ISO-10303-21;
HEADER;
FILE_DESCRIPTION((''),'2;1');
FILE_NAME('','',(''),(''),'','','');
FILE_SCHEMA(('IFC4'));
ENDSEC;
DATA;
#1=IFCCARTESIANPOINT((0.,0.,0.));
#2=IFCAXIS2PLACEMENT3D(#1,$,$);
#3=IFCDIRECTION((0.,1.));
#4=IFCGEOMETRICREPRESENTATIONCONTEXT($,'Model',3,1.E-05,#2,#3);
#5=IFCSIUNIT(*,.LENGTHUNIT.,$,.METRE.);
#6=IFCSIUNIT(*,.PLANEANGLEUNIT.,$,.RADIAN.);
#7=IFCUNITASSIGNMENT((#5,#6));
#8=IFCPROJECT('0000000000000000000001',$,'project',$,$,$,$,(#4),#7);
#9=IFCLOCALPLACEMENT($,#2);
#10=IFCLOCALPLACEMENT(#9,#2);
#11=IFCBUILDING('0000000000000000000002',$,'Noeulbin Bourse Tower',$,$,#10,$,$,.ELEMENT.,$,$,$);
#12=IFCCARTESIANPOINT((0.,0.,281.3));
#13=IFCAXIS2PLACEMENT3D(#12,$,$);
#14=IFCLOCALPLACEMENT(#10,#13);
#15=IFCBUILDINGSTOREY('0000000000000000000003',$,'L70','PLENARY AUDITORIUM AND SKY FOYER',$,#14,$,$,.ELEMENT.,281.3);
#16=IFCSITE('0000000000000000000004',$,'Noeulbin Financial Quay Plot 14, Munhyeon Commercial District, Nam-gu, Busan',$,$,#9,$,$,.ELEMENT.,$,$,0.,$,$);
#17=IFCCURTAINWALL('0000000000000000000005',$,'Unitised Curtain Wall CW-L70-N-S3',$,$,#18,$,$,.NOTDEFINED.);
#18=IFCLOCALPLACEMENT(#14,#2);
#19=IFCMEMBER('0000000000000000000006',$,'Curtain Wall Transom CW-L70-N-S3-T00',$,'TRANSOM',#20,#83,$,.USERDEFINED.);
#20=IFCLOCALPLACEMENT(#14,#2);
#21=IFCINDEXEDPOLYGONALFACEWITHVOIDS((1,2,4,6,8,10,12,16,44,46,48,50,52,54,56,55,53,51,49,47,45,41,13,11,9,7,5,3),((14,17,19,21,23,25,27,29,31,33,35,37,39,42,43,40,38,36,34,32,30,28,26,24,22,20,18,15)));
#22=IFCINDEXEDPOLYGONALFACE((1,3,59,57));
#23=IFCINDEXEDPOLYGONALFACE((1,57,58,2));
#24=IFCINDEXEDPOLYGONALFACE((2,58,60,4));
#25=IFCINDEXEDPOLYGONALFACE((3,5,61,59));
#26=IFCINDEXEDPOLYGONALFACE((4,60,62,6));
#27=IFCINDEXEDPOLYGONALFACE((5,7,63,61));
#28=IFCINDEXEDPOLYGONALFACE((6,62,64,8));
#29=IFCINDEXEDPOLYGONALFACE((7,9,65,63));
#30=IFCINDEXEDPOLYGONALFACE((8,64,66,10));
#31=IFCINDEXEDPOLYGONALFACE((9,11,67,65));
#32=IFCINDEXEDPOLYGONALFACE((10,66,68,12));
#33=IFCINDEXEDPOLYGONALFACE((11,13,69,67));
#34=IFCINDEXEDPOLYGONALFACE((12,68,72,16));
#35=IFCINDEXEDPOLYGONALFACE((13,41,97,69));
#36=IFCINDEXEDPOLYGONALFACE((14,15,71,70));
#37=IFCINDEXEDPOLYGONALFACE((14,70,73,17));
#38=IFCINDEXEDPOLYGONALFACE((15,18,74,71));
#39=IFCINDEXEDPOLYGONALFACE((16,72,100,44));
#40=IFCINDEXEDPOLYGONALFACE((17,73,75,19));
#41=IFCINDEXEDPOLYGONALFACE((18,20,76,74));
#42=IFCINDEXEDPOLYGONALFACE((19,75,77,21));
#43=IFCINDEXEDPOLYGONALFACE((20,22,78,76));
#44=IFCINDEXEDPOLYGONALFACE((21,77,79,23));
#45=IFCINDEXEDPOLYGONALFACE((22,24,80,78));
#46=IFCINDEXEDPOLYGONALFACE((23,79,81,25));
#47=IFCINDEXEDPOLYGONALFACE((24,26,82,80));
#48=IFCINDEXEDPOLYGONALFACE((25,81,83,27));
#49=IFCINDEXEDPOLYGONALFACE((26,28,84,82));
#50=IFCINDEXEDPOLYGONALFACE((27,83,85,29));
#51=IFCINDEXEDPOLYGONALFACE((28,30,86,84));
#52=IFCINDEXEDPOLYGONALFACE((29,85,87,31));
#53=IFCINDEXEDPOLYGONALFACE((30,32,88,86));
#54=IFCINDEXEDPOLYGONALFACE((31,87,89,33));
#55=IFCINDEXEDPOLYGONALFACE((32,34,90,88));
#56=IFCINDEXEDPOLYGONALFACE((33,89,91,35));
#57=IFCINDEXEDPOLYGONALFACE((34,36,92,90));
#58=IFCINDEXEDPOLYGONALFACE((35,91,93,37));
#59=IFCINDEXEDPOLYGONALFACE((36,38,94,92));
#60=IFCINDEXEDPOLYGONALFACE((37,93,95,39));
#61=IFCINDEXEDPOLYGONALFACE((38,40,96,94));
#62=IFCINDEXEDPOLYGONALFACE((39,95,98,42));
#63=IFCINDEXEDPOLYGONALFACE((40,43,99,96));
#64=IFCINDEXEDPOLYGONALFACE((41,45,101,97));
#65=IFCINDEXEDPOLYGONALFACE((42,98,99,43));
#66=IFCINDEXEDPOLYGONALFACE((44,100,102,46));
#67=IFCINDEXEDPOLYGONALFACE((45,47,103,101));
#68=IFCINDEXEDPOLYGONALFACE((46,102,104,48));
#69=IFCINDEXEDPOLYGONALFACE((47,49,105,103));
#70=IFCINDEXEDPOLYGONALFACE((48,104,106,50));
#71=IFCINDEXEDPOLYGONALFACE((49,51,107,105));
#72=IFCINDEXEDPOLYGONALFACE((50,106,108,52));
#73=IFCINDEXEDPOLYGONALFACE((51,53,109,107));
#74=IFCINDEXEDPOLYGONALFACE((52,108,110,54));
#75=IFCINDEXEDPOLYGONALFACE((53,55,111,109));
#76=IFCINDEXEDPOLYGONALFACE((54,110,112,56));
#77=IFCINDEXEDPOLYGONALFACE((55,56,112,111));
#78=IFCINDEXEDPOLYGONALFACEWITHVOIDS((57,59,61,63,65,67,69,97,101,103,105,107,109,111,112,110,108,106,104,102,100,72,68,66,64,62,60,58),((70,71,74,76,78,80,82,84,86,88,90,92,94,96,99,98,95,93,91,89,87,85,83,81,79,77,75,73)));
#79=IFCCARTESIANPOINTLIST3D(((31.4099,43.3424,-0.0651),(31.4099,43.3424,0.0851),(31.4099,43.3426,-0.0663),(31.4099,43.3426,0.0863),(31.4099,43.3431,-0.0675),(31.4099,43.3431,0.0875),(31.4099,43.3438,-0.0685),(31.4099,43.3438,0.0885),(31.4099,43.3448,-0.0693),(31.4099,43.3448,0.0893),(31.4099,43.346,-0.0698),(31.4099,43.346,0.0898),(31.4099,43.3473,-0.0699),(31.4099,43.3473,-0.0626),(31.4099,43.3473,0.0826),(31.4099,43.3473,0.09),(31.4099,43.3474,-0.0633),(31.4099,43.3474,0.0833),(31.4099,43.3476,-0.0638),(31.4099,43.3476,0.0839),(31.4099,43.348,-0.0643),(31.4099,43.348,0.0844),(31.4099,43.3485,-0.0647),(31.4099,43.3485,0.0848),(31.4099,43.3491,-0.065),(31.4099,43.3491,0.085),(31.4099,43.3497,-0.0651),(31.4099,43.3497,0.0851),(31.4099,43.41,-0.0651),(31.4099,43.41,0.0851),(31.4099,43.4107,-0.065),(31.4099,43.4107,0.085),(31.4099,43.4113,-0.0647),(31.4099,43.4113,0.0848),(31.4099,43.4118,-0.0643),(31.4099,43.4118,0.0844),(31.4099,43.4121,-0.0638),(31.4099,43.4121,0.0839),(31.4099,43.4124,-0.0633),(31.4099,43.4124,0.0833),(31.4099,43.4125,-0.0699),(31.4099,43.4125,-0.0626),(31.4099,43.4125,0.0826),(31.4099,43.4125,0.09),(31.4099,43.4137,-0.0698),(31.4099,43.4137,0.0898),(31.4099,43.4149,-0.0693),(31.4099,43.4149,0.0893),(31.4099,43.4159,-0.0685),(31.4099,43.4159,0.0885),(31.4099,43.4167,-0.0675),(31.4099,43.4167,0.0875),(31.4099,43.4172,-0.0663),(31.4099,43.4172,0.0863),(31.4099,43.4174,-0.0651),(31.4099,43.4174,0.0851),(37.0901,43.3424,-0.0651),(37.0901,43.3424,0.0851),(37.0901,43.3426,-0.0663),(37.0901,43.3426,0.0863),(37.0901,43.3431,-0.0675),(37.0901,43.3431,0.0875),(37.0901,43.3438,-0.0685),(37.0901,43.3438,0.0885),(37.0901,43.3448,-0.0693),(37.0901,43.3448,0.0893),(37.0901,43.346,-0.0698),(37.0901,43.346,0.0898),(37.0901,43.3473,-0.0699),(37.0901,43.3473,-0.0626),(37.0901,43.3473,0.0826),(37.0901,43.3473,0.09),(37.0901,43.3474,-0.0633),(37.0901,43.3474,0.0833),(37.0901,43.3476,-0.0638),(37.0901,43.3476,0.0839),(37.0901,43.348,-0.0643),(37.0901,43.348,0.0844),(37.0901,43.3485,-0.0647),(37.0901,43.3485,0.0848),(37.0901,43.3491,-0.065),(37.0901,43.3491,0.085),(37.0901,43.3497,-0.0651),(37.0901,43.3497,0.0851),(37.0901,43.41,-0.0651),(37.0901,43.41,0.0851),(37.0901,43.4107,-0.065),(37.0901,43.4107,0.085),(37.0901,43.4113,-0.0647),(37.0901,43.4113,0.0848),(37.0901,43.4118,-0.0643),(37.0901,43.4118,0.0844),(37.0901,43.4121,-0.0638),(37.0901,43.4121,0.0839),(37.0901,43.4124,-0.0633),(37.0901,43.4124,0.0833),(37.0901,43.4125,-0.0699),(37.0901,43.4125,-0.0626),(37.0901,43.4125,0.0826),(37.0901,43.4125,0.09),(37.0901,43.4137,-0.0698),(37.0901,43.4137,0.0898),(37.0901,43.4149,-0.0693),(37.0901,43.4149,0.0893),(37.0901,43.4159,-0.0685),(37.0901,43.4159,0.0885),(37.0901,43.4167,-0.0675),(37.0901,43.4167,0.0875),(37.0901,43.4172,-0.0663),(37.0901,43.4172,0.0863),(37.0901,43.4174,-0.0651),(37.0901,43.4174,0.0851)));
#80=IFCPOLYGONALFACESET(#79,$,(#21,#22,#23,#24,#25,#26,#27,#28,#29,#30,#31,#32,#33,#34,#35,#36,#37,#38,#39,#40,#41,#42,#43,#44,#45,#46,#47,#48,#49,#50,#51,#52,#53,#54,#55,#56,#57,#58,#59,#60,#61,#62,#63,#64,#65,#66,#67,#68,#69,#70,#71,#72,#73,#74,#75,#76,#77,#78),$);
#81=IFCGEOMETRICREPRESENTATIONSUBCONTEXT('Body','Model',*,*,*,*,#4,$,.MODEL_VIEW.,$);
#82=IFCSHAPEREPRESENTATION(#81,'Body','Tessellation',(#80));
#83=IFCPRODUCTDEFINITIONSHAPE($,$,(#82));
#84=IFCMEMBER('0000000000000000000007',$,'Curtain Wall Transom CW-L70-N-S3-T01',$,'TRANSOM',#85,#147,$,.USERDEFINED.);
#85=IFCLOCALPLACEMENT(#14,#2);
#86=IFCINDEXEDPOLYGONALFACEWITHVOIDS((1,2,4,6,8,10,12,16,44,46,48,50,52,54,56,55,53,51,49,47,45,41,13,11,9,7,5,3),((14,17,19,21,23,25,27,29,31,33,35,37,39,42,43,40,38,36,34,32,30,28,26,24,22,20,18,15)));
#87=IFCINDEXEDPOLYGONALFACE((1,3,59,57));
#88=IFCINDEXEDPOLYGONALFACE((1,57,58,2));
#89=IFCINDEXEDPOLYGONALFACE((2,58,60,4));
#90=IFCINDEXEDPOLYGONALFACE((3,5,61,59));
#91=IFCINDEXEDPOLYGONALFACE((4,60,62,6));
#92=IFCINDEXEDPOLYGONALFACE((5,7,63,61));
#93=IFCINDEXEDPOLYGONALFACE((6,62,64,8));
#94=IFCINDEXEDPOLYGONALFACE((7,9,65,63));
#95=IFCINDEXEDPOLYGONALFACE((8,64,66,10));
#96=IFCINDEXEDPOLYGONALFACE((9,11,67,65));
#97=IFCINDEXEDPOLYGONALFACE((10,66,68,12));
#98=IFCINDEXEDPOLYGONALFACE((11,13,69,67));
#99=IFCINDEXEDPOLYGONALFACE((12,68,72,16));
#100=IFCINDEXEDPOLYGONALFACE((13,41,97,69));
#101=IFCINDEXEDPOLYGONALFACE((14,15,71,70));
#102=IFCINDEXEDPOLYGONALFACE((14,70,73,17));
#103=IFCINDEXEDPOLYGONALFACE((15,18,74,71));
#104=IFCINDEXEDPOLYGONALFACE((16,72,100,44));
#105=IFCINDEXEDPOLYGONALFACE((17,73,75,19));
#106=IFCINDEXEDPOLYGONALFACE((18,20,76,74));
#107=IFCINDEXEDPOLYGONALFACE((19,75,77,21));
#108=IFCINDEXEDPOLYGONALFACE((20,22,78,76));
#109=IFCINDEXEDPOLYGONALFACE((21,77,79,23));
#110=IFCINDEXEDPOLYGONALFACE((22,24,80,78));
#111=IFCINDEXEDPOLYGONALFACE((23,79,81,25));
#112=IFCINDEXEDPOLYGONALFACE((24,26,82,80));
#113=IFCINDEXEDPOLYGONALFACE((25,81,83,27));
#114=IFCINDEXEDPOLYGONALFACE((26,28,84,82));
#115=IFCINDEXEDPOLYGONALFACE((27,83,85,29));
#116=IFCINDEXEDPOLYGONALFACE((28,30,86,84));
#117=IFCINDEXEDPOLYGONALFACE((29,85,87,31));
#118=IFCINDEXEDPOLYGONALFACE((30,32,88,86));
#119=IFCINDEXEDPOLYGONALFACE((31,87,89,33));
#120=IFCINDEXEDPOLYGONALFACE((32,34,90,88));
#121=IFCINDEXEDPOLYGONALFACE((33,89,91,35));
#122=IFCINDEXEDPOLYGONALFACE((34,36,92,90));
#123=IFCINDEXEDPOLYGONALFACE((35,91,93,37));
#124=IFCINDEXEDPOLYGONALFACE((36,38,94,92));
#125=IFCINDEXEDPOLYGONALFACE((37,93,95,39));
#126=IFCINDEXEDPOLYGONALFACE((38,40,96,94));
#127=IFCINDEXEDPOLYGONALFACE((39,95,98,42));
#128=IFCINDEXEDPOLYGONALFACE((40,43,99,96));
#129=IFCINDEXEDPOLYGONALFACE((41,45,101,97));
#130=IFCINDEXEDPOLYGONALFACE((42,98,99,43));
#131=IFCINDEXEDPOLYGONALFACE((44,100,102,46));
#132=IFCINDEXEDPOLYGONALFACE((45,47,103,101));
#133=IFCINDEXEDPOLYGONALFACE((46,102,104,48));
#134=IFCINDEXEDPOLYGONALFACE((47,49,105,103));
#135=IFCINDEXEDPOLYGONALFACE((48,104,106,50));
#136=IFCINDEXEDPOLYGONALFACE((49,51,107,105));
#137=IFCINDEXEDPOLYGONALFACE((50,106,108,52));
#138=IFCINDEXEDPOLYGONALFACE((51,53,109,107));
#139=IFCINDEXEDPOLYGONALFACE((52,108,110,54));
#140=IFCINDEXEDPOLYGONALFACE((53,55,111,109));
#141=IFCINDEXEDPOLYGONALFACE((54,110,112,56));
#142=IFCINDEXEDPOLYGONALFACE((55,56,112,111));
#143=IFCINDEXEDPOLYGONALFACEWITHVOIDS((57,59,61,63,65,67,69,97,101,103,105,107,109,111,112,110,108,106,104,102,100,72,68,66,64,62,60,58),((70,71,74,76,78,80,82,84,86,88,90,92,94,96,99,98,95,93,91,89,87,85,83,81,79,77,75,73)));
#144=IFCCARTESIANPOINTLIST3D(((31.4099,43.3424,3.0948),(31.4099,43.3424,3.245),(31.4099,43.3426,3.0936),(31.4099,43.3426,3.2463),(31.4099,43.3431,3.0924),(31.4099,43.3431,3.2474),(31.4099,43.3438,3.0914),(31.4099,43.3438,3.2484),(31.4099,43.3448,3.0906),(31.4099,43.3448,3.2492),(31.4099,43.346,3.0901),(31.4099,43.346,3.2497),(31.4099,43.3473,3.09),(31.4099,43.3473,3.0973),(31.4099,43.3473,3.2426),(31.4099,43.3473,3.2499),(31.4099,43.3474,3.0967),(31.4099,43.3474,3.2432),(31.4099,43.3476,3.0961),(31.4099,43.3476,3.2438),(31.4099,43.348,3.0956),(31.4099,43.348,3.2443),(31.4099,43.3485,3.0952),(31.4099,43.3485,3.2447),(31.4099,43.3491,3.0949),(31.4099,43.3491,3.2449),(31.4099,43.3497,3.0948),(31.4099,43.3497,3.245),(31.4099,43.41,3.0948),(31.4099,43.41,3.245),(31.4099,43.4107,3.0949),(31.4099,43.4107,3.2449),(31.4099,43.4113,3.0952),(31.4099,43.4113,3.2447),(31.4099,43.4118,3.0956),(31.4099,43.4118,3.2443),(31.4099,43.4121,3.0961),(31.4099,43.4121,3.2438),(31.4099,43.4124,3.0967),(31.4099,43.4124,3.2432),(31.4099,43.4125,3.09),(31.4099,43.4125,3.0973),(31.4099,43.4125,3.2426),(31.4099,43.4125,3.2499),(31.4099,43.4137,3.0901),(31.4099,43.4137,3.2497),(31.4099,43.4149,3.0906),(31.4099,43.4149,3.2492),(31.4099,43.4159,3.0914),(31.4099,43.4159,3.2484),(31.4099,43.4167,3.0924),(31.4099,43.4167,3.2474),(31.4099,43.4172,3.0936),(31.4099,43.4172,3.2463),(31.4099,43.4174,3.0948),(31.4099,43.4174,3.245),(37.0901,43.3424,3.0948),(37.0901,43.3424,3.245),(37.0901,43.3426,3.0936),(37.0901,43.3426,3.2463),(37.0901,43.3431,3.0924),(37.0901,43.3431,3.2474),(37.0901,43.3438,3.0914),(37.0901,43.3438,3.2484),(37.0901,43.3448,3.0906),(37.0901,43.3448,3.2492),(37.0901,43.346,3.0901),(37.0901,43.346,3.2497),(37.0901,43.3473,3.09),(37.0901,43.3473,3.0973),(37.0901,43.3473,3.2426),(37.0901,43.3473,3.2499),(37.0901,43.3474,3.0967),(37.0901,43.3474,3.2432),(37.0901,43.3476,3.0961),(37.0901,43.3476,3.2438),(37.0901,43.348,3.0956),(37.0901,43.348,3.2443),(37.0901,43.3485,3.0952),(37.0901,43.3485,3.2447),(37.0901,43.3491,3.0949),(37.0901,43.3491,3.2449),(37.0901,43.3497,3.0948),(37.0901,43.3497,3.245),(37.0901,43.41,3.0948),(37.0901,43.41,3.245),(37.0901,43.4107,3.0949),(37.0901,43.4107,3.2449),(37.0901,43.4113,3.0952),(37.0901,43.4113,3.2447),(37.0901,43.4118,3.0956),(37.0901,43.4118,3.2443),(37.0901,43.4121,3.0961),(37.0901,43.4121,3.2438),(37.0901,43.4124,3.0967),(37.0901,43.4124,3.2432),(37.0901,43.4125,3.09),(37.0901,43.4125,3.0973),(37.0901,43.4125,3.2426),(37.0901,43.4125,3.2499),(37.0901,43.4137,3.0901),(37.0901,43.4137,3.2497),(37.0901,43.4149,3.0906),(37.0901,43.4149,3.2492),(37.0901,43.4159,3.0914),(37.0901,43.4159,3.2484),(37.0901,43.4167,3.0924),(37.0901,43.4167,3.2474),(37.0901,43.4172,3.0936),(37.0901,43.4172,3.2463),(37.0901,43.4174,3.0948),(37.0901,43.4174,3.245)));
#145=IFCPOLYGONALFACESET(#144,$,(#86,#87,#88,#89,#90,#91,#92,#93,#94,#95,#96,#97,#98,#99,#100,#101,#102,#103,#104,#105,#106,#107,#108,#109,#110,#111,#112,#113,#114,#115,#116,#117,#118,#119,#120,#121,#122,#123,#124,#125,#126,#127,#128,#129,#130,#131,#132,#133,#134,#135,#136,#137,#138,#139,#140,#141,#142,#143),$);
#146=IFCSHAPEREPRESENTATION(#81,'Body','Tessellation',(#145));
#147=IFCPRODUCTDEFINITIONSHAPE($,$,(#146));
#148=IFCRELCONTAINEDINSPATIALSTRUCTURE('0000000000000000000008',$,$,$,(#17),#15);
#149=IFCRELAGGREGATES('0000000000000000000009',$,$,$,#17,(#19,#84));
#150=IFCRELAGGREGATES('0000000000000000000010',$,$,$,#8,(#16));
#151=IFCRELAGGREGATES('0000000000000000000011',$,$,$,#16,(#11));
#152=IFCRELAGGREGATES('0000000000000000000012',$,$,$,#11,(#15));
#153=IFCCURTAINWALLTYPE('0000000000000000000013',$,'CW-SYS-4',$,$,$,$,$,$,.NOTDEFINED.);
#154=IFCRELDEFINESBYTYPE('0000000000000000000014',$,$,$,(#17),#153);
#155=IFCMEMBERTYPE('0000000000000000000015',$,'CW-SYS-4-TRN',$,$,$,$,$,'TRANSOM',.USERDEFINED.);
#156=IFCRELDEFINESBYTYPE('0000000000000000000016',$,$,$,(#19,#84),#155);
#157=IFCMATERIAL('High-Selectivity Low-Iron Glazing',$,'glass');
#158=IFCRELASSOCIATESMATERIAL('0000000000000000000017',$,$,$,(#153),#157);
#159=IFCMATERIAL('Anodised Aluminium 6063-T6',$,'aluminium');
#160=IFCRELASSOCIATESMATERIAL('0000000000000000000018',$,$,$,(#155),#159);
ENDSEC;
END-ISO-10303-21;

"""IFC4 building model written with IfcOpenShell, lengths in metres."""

from ifc_helpers import new_model, si_unit, direction, frame, origin, origin_2d, place, context, subcontext, project, spatial, hollow_rectangle, extrude, material, material_profile, profile_set, type_object, element, aggregate, save


model = new_model("IFC4")

# Units and contexts
model_context = context("Model", 3, precision=1e-05, world=origin(), true_north=direction((0.0, 1.0)))
body_context = subcontext(model_context, "Body", "Model", "MODEL_VIEW")
ifc_project = project(units=[si_unit("LENGTHUNIT", "METRE"), si_unit("PLANEANGLEUNIT", "RADIAN")], contexts=[model_context])

# Site, building, storey
site_placement = place(None, origin())
site = spatial("IfcSite", under=ifc_project, at=site_placement, Name="Noeulbin Financial Quay Plot 14, Munhyeon Commercial District, Nam-gu, Busan", CompositionType="ELEMENT", RefElevation=0.0)
building_placement = place(site_placement, origin())
building = spatial("IfcBuilding", under=site, at=building_placement, Name="Noeulbin Bourse Tower", CompositionType="ELEMENT")
storey_placement = place(building_placement, frame((0.0, 0.0, 281.3)))
storey = spatial("IfcBuildingStorey", under=building, at=storey_placement, Name="L70", Description="PLENARY AUDITORIUM AND SKY FOYER", CompositionType="ELEMENT", Elevation=281.3)

# Curtain wall
ifc_material_1 = material(Name="High-Selectivity Low-Iron Glazing", Category="glass")
curtain_wall_type = type_object("IfcCurtainWallType", Name="CW-SYS-4", PredefinedType="NOTDEFINED", material=ifc_material_1)
curtain_wall_1_placement = place(storey_placement, origin())
curtain_wall_1 = element("IfcCurtainWall", 1, at=curtain_wall_1_placement, inside=storey, type_object=curtain_wall_type, Name="Unitised Curtain Wall CW-L70-N-S3", PredefinedType="NOTDEFINED")
ifc_material_2 = material(Name="Anodised Aluminium 6063-T6", Category="aluminium")

# Members
ifc_material_profile_1 = material_profile(ifc_material_2, hollow_rectangle(XDim=0.075, YDim=0.1599, WallThickness=0.0049, InnerFilletRadius=0.0024, OuterFilletRadius=0.0049, at=origin_2d()), Name="ALU-TRAN-75x160x5", Category="LoadBearing")
ifc_profile_set_1 = profile_set([ifc_material_profile_1], Name="Anodised Aluminium 6063-T6")
member_type_1 = type_object("IfcMemberType", Name="CW-SYS-4-TRN", ElementType="TRANSOM", PredefinedType="USERDEFINED", material=ifc_profile_set_1)
member_1_placement = place(storey_placement, frame((31.4099, 43.3799, 0.01), z_axis=(1.0, 0.0, 0.0), x_axis=(0.0, 1.0, 0.0)))
member_1 = element("IfcMember", 2, at=member_1_placement, type_object=member_type_1, Name="Curtain Wall Transom CW-L70-N-S3-T00", ObjectType="TRANSOM", PredefinedType="USERDEFINED", context=body_context, shape_type="SweptSolid", body=[
    extrude(hollow_rectangle(XDim=0.075, YDim=0.1599, WallThickness=0.0049, InnerFilletRadius=0.0024, OuterFilletRadius=0.0049, at=origin_2d()), origin(), (0.0, 0.0, 1.0), 5.6802),
])
member_2_placement = place(storey_placement, frame((31.4099, 43.3799, 3.1699), z_axis=(1.0, 0.0, 0.0), x_axis=(0.0, 1.0, 0.0)))
member_2 = element("IfcMember", 3, at=member_2_placement, type_object=member_type_1, Name="Curtain Wall Transom CW-L70-N-S3-T01", ObjectType="TRANSOM", PredefinedType="USERDEFINED", context=body_context, shape_type="SweptSolid", body=[
    extrude(hollow_rectangle(XDim=0.075, YDim=0.1599, WallThickness=0.0049, InnerFilletRadius=0.0024, OuterFilletRadius=0.0049, at=origin_2d()), origin(), (0.0, 0.0, 1.0), 5.6802),
])

aggregate(curtain_wall_1, [member_1, member_2])

save(model, "model.ifc")
